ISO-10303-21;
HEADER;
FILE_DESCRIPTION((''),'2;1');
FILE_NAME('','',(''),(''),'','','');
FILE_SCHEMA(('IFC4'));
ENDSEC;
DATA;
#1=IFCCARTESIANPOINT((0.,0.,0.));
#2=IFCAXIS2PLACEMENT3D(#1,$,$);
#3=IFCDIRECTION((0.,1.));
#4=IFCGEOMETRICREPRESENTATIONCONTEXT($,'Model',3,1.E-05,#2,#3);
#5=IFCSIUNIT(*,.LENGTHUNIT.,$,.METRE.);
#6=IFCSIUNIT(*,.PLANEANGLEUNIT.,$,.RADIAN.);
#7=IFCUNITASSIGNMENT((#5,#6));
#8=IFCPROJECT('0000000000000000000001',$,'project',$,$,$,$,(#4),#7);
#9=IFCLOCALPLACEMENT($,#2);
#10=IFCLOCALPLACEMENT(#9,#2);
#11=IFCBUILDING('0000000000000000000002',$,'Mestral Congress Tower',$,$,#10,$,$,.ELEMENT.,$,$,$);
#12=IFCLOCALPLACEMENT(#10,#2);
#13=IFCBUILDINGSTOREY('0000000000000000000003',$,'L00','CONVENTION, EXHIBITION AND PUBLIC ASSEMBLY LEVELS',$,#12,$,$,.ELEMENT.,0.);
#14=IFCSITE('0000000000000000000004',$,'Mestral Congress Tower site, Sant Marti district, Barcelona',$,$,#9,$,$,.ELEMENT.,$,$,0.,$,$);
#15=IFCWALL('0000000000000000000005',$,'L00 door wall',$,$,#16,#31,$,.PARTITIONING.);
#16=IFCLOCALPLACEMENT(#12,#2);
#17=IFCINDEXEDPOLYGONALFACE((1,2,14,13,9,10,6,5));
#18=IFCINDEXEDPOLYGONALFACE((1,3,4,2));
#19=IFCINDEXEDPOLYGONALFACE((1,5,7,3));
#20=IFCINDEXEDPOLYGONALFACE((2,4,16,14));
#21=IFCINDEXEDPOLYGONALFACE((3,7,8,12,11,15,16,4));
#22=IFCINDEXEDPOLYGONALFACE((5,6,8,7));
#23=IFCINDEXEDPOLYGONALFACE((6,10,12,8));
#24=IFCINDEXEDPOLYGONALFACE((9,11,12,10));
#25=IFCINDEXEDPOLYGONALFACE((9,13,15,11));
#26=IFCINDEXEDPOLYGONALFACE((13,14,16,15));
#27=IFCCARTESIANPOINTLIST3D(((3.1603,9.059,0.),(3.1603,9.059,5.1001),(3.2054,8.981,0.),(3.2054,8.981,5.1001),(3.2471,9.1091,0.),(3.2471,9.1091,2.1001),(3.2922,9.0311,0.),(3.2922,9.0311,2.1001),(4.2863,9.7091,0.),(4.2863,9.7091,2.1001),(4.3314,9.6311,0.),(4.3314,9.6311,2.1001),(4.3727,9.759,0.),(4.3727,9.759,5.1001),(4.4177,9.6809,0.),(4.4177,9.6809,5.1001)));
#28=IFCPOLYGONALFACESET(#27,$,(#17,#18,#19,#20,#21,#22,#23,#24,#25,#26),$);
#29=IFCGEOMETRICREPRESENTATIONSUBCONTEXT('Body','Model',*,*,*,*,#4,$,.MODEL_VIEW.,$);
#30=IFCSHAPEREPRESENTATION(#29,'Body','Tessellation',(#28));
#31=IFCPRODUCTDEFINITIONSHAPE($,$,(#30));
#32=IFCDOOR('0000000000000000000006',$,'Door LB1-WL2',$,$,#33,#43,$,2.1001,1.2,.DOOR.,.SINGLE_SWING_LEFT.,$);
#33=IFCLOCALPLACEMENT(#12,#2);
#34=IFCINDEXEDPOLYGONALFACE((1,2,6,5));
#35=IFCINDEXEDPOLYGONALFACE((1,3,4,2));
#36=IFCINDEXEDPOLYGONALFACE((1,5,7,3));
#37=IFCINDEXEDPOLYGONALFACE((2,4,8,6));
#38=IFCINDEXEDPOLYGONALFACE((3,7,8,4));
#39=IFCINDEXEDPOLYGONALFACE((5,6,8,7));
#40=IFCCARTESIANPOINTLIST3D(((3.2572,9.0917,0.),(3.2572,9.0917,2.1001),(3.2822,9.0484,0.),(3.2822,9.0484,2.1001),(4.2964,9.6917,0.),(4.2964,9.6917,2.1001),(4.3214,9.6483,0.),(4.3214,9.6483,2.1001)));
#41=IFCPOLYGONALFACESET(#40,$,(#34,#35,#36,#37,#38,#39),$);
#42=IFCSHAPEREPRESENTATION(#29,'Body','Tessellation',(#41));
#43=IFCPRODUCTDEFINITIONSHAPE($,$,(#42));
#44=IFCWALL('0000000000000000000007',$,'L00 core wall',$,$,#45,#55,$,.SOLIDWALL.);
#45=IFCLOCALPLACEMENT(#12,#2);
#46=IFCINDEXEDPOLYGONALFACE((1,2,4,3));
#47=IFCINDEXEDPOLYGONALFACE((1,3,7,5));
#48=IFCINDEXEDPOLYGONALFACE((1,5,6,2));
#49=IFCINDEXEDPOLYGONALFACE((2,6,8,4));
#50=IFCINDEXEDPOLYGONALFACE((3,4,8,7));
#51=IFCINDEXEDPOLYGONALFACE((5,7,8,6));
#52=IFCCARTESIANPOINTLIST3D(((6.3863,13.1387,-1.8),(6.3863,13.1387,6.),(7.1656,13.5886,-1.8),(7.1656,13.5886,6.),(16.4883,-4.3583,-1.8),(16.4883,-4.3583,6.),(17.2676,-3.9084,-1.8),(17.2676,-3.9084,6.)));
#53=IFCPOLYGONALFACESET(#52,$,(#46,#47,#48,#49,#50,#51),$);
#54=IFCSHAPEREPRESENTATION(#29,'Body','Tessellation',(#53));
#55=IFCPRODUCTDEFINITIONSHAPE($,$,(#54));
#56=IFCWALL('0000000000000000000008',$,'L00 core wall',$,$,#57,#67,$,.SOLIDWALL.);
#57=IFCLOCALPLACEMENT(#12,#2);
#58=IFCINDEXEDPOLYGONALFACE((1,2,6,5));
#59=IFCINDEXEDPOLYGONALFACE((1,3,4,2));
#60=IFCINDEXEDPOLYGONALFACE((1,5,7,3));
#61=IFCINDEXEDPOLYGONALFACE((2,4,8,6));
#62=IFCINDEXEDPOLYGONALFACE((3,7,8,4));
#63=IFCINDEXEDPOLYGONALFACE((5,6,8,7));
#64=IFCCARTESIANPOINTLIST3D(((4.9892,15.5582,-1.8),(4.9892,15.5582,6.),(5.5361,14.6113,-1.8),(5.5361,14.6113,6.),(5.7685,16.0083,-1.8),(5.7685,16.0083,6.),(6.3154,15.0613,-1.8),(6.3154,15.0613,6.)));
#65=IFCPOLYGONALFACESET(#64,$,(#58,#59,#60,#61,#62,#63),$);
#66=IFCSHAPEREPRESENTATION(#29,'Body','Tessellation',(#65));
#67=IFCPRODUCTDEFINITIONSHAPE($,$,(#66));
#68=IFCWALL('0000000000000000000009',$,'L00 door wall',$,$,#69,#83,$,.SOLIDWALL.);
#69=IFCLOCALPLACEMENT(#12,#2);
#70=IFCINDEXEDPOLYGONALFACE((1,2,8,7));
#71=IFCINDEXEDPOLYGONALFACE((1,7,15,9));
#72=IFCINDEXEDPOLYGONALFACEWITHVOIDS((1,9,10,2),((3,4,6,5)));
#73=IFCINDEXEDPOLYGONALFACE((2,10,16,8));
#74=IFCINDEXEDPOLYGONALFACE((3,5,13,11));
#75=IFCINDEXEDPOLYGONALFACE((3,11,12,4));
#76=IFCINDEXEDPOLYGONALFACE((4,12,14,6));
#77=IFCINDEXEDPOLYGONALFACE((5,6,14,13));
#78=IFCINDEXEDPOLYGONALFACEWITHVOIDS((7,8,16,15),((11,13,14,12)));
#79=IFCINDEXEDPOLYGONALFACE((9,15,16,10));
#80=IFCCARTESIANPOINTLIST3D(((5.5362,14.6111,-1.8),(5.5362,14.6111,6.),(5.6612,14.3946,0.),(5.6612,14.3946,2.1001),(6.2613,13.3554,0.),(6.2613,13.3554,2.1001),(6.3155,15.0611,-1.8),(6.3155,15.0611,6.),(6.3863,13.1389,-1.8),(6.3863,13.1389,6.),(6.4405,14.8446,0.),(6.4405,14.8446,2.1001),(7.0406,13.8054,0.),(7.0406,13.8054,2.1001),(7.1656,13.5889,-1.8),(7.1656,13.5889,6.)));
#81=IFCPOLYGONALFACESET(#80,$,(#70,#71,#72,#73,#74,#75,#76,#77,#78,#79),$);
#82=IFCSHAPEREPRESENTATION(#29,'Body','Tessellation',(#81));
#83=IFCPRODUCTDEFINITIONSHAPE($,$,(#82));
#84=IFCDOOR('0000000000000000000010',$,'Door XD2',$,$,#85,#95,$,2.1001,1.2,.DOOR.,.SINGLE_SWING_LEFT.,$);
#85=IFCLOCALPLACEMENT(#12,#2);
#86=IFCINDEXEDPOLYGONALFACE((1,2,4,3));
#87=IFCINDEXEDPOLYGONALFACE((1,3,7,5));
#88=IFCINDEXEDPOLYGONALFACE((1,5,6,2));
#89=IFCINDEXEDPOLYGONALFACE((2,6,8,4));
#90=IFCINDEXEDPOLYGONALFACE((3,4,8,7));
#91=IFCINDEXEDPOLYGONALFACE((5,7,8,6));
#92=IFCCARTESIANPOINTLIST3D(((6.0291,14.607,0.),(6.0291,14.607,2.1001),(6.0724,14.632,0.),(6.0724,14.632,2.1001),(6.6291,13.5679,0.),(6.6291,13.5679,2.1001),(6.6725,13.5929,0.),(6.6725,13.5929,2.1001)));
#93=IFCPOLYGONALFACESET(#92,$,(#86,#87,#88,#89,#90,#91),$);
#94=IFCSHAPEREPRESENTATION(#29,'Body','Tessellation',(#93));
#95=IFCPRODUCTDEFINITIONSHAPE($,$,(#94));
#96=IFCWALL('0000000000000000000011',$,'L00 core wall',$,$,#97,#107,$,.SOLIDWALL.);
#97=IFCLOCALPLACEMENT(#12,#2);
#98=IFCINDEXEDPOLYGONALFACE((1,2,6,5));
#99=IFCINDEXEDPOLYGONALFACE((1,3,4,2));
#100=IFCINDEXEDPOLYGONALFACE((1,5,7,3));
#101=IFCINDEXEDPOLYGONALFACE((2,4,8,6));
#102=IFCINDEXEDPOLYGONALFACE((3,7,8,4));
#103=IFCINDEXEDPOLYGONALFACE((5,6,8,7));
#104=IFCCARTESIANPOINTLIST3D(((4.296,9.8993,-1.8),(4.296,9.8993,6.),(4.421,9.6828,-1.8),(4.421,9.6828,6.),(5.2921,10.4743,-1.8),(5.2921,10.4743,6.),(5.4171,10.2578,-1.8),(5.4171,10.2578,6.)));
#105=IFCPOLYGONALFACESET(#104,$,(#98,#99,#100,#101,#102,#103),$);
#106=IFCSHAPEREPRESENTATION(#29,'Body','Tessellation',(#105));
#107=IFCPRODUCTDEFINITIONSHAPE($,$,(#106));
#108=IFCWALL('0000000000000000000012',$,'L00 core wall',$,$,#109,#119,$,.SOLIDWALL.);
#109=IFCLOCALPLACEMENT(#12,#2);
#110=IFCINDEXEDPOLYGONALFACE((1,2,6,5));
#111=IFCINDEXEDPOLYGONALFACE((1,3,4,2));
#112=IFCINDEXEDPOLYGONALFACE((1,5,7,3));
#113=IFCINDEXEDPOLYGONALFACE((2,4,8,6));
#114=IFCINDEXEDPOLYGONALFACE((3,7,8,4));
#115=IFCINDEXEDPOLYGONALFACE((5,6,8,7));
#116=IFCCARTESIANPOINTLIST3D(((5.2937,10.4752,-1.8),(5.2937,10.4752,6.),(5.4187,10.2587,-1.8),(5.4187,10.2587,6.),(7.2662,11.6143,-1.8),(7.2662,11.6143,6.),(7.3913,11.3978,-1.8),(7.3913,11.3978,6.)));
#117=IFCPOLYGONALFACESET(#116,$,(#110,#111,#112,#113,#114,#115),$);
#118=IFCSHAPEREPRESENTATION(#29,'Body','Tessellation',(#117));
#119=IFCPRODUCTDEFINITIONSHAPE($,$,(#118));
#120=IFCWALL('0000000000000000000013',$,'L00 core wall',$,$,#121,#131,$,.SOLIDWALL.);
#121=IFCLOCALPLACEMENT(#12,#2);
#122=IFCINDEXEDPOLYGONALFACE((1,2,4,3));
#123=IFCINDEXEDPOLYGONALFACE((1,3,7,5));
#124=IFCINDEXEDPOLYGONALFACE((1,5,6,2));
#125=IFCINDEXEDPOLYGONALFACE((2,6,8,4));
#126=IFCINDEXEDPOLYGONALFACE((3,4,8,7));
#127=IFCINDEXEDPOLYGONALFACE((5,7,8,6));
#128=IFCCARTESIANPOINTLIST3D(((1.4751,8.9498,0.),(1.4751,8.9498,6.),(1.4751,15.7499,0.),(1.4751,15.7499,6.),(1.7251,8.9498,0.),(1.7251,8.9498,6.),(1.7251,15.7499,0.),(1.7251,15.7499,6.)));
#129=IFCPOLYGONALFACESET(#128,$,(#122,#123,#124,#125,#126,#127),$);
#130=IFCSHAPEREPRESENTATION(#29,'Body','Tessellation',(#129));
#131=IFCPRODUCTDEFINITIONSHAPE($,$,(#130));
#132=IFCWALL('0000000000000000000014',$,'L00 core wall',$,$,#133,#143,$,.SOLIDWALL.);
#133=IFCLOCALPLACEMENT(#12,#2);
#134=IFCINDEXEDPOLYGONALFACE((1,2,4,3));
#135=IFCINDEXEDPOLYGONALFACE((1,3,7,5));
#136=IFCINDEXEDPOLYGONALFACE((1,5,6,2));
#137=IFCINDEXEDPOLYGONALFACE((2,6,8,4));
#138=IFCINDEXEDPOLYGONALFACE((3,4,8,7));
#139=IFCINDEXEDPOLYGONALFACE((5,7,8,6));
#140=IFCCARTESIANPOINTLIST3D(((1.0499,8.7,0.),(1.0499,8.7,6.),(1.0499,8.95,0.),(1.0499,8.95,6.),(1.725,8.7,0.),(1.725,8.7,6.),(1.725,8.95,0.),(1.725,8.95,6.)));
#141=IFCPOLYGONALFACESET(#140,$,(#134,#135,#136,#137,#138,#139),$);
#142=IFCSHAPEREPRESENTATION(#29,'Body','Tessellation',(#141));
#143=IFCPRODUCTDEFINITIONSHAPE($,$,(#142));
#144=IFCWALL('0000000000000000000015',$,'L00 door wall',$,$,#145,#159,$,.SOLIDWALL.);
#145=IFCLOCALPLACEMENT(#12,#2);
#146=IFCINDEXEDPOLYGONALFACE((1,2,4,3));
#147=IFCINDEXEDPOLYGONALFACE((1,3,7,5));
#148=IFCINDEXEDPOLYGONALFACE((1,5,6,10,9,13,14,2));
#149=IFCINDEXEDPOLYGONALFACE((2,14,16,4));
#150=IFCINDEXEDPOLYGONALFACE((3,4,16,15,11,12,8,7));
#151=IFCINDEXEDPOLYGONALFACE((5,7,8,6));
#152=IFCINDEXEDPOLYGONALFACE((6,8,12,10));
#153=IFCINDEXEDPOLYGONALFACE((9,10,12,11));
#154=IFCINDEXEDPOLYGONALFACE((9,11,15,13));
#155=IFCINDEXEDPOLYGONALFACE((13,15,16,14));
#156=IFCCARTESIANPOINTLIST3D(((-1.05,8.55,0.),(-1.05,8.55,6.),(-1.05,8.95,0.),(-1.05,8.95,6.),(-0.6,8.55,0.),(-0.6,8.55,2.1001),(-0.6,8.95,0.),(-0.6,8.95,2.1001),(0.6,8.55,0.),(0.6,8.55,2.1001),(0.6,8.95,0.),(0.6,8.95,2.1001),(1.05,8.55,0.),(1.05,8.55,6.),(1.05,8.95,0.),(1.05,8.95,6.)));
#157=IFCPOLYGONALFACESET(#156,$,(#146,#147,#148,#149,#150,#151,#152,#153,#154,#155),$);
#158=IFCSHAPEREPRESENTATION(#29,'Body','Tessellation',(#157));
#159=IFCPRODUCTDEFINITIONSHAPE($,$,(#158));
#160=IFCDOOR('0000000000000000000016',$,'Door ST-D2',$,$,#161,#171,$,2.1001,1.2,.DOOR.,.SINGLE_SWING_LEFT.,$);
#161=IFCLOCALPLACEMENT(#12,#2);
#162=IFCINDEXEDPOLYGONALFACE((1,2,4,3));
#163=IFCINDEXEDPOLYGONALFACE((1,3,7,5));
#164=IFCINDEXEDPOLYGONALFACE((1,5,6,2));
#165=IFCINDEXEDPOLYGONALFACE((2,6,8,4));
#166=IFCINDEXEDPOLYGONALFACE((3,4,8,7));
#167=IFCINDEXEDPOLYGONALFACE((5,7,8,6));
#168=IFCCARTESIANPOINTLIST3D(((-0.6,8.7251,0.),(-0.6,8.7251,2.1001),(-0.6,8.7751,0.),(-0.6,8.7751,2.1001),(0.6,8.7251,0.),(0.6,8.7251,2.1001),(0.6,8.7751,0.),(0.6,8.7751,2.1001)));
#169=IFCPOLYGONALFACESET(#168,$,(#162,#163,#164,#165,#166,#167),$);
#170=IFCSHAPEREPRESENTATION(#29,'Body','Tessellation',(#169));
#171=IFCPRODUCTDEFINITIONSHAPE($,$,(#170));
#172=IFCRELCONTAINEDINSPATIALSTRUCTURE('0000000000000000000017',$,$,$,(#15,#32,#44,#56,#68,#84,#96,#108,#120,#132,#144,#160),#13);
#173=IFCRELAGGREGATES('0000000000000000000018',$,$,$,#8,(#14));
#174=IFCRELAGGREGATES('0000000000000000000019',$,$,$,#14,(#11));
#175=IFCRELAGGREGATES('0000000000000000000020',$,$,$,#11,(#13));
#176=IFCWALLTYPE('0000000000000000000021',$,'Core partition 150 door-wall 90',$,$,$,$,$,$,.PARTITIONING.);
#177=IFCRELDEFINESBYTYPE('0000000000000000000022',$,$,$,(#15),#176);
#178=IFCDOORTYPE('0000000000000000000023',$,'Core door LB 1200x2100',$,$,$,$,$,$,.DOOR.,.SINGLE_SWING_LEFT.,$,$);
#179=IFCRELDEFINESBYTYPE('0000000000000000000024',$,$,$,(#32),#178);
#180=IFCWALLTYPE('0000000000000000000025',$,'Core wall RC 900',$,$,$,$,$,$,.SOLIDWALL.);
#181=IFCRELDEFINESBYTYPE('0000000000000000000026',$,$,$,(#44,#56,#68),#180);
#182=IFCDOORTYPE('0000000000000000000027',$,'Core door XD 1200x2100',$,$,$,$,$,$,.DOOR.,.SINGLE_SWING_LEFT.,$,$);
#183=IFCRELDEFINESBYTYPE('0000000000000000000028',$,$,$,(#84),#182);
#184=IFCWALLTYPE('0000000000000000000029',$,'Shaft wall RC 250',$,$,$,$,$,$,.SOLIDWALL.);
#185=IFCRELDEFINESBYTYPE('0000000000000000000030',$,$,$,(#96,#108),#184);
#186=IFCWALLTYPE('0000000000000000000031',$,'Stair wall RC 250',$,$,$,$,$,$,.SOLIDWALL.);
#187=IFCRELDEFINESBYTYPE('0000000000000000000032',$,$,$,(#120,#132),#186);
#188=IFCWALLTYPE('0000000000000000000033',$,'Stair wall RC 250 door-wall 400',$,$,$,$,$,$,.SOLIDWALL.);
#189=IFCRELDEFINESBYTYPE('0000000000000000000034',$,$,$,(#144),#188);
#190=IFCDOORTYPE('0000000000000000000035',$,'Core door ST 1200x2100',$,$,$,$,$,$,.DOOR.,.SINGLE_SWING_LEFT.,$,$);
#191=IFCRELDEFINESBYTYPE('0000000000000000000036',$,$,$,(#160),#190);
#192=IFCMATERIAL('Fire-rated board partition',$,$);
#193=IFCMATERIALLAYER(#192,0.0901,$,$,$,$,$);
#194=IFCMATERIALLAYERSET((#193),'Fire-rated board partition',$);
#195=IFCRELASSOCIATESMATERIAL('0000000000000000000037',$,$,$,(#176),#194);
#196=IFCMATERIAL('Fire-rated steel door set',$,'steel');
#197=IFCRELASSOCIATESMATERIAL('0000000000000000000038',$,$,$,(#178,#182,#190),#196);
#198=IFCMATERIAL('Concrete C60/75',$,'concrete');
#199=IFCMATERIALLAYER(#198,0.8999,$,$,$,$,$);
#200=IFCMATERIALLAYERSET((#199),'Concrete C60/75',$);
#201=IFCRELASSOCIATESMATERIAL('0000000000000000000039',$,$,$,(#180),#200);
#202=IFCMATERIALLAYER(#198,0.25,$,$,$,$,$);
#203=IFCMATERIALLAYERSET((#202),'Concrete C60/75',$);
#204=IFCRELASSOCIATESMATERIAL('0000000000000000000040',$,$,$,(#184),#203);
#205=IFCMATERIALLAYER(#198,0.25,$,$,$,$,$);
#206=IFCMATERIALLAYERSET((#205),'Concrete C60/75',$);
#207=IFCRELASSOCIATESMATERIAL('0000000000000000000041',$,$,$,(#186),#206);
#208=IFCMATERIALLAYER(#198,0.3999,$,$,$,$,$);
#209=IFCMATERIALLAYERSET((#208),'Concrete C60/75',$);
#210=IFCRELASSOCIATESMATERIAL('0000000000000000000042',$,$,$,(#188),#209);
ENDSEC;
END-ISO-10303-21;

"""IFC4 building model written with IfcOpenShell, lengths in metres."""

from ifc_helpers import new_model, si_unit, direction, frame, frame_2d, origin, place, context, subcontext, project, spatial, rectangle, extrude, material, layer, layer_set, type_object, element, fill, save


model = new_model("IFC4")

# Units and contexts
model_context = context("Model", 3, precision=1e-05, world=origin(), true_north=direction((0.0, 1.0)))
body_context = subcontext(model_context, "Body", "Model", "MODEL_VIEW")
ifc_project = project(units=[si_unit("LENGTHUNIT", "METRE"), si_unit("PLANEANGLEUNIT", "RADIAN")], contexts=[model_context])

# Site, building, storey
site_placement = place(None, origin())
site = spatial("IfcSite", under=ifc_project, at=site_placement, Name="Mestral Congress Tower site, Sant Marti district, Barcelona", CompositionType="ELEMENT", RefElevation=0.0)
building_placement = place(site_placement, origin())
building = spatial("IfcBuilding", under=site, at=building_placement, Name="Mestral Congress Tower", CompositionType="ELEMENT")
storey_placement = place(building_placement, origin())
storey = spatial("IfcBuildingStorey", under=building, at=storey_placement, Name="L00", Description="CONVENTION, EXHIBITION AND PUBLIC ASSEMBLY LEVELS", CompositionType="ELEMENT", Elevation=0.0)

# Shared definitions
ifc_material_1 = material(Name="Fire-rated board partition")

# Wall, opening, door
ifc_layer_1 = layer(ifc_material_1, 0.0901)
ifc_layer_set_1 = layer_set([ifc_layer_1], Name="Fire-rated board partition")
wall_type_1 = type_object("IfcWallType", Name="Core partition 150 door-wall 90", PredefinedType="PARTITIONING", material=ifc_layer_set_1)
wall_1_placement = place(storey_placement, frame((3.1829, 9.02, 0.0), z_axis=(0.0, 0.0, 1.0), x_axis=(0.866035, 0.499984, 0.0)))
wall_1 = element("IfcWall", 1, at=wall_1_placement, inside=storey, type_object=wall_type_1, Name="L00 door wall", PredefinedType="PARTITIONING", context=body_context, shape_type="SweptSolid", body=[
    extrude(rectangle(XDim=1.3999, YDim=0.0901, at=frame_2d((0.7, 0.0))), origin(), (0.0, 0.0, 1.0), 5.1001),
])
opening_1_placement = place(wall_1_placement, frame((0.1001, 0.0, 0.0)))
opening_1 = element("IfcOpeningElement", 2, at=opening_1_placement, cuts=wall_1, PredefinedType="OPENING", context=body_context, shape_type="SweptSolid", body=[
    extrude(rectangle(XDim=1.2, YDim=2.1001, at=frame_2d((0.6001, 1.05))), frame((0.0, 0.0549, 0.0), z_axis=(0.0, -1.0, 0.0), x_axis=(1.0, 0.0, 0.0)), (0.0, 0.0, 1.0), 0.1101),
])
ifc_material_2 = material(Name="Fire-rated steel door set", Category="steel")
door_type_1 = type_object("IfcDoorType", Name="Core door LB 1200x2100", OperationType="SINGLE_SWING_LEFT", PredefinedType="DOOR", material=ifc_material_2)
door_1_placement = place(opening_1_placement, origin())
door_1 = element("IfcDoor", 3, at=door_1_placement, inside=storey, type_object=door_type_1, Name="Door LB1-WL2", OperationType="SINGLE_SWING_LEFT", OverallHeight=2.1001, OverallWidth=1.2, PredefinedType="DOOR", context=body_context, shape_type="SweptSolid", body=[
    extrude(rectangle(XDim=1.2, YDim=2.1001, at=frame_2d((0.6001, 1.05))), frame((0.0, 0.0249, 0.0), z_axis=(0.0, -1.0, 0.0), x_axis=(1.0, 0.0, 0.0)), (0.0, 0.0, 1.0), 0.05),
])
fill(opening_1, door_1)

# Walls
ifc_material_3 = material(Name="Concrete C60/75", Category="concrete")
ifc_layer_2 = layer(ifc_material_3, 0.8999)
ifc_layer_set_2 = layer_set([ifc_layer_2], Name="Concrete C60/75")
wall_type_2 = type_object("IfcWallType", Name="Core wall RC 900", PredefinedType="SOLIDWALL", material=ifc_layer_set_2)
wall_2_placement = place(storey_placement, frame((6.7759, 13.3638, -1.8), z_axis=(0.0, 0.0, 1.0), x_axis=(0.500004, -0.866023, 0.0)))
element("IfcWall", 4, at=wall_2_placement, inside=storey, type_object=wall_type_2, Name="L00 core wall", PredefinedType="SOLIDWALL", context=body_context, shape_type="SweptSolid", body=[
    extrude(rectangle(XDim=20.2039, YDim=0.8999, at=frame_2d((10.1021, 0.0))), origin(), (0.0, 0.0, 1.0), 7.8),
])
wall_3_placement = place(storey_placement, frame((5.9258, 14.8362, -1.8), z_axis=(0.0, 0.0, 1.0), x_axis=(-0.500077, 0.865981, 0.0)))
element("IfcWall", 5, at=wall_3_placement, inside=storey, type_object=wall_type_2, Name="L00 core wall", PredefinedType="SOLIDWALL", context=body_context, shape_type="SweptSolid", body=[
    extrude(rectangle(XDim=1.0935, YDim=0.8999, at=frame_2d((0.5469, 0.0))), origin(), (0.0, 0.0, 1.0), 7.8),
])

# Wall, opening, door
wall_4_placement = place(storey_placement, frame((5.9258, 14.8362, -1.8), z_axis=(0.0, 0.0, 1.0), x_axis=(0.500062, -0.865989, 0.0)))
wall_4 = element("IfcWall", 6, at=wall_4_placement, inside=storey, type_object=wall_type_2, Name="L00 door wall", PredefinedType="SOLIDWALL", context=body_context, shape_type="SweptSolid", body=[
    extrude(rectangle(XDim=1.7, YDim=0.8999, at=frame_2d((0.8501, 0.0))), origin(), (0.0, 0.0, 1.0), 7.8),
])
opening_2_placement = place(wall_4_placement, frame((0.25, 0.0, 1.8)))
opening_2 = element("IfcOpeningElement", 7, at=opening_2_placement, cuts=wall_4, PredefinedType="OPENING", context=body_context, shape_type="SweptSolid", body=[
    extrude(rectangle(XDim=1.2, YDim=2.1001, at=frame_2d((0.6001, 1.05))), frame((0.0, 0.46, 0.0), z_axis=(0.0, -1.0, 0.0), x_axis=(1.0, 0.0, 0.0)), (0.0, 0.0, 1.0), 0.9199),
])
door_type_2 = type_object("IfcDoorType", Name="Core door XD 1200x2100", OperationType="SINGLE_SWING_LEFT", PredefinedType="DOOR", material=ifc_material_2)
door_2_placement = place(opening_2_placement, origin())
door_2 = element("IfcDoor", 8, at=door_2_placement, inside=storey, type_object=door_type_2, Name="Door XD2", OperationType="SINGLE_SWING_LEFT", OverallHeight=2.1001, OverallWidth=1.2, PredefinedType="DOOR", context=body_context, shape_type="SweptSolid", body=[
    extrude(rectangle(XDim=1.2, YDim=2.1001, at=frame_2d((0.6001, 1.05))), frame((0.0, 0.0249, 0.0), z_axis=(0.0, -1.0, 0.0), x_axis=(1.0, 0.0, 0.0)), (0.0, 0.0, 1.0), 0.05),
])
fill(opening_2, door_2)

# Walls
ifc_layer_3 = layer(ifc_material_3, 0.25)
ifc_layer_set_3 = layer_set([ifc_layer_3], Name="Concrete C60/75")
wall_type_3 = type_object("IfcWallType", Name="Shaft wall RC 250", PredefinedType="SOLIDWALL", material=ifc_layer_set_3)
wall_5_placement = place(storey_placement, frame((4.3584, 9.791, -1.8), z_axis=(0.0, 0.0, 1.0), x_axis=(0.86608, 0.499906, 0.0)))
element("IfcWall", 9, at=wall_5_placement, inside=storey, type_object=wall_type_3, Name="L00 core wall", PredefinedType="SOLIDWALL", context=body_context, shape_type="SweptSolid", body=[
    extrude(rectangle(XDim=1.1501, YDim=0.25, at=frame_2d((0.5752, 0.0))), origin(), (0.0, 0.0, 1.0), 7.8),
])
wall_6_placement = place(storey_placement, frame((5.3562, 10.3669, -1.8), z_axis=(0.0, 0.0, 1.0), x_axis=(0.865979, 0.500081, 0.0)))
element("IfcWall", 10, at=wall_6_placement, inside=storey, type_object=wall_type_3, Name="L00 core wall", PredefinedType="SOLIDWALL", context=body_context, shape_type="SweptSolid", body=[
    extrude(rectangle(XDim=2.2778, YDim=0.25, at=frame_2d((1.1389, 0.0))), origin(), (0.0, 0.0, 1.0), 7.8),
])
ifc_layer_4 = layer(ifc_material_3, 0.25)
ifc_layer_set_4 = layer_set([ifc_layer_4], Name="Concrete C60/75")
wall_type_4 = type_object("IfcWallType", Name="Stair wall RC 250", PredefinedType="SOLIDWALL", material=ifc_layer_set_4)
wall_7_placement = place(storey_placement, frame((1.6001, 8.95, 0.0), z_axis=(0.0, 0.0, 1.0), x_axis=(0.0, 1.0, 0.0)))
element("IfcWall", 11, at=wall_7_placement, inside=storey, type_object=wall_type_4, Name="L00 core wall", PredefinedType="SOLIDWALL", context=body_context, shape_type="SweptSolid", body=[
    extrude(rectangle(XDim=6.8, YDim=0.25, at=frame_2d((3.3999, 0.0))), origin(), (0.0, 0.0, 1.0), 6.0),
])
wall_8_placement = place(storey_placement, frame((1.05, 8.825, 0.0), z_axis=(0.0, 0.0, 1.0), x_axis=(1.0, 0.0, 0.0)))
element("IfcWall", 12, at=wall_8_placement, inside=storey, type_object=wall_type_4, Name="L00 core wall", PredefinedType="SOLIDWALL", context=body_context, shape_type="SweptSolid", body=[
    extrude(rectangle(XDim=0.675, YDim=0.25, at=frame_2d((0.3374, 0.0))), origin(), (0.0, 0.0, 1.0), 6.0),
])

# Wall, opening, door
ifc_layer_5 = layer(ifc_material_3, 0.3999)
ifc_layer_set_5 = layer_set([ifc_layer_5], Name="Concrete C60/75")
wall_type_5 = type_object("IfcWallType", Name="Stair wall RC 250 door-wall 400", PredefinedType="SOLIDWALL", material=ifc_layer_set_5)
wall_9_placement = place(storey_placement, frame((1.05, 8.75, 0.0), z_axis=(0.0, 0.0, 1.0), x_axis=(-1.0, 0.0, 0.0)))
wall_9 = element("IfcWall", 13, at=wall_9_placement, inside=storey, type_object=wall_type_5, Name="L00 door wall", PredefinedType="SOLIDWALL", context=body_context, shape_type="SweptSolid", body=[
    extrude(rectangle(XDim=2.1001, YDim=0.3999, at=frame_2d((1.05, 0.0))), origin(), (0.0, 0.0, 1.0), 6.0),
])
opening_3_placement = place(wall_9_placement, frame((0.45, 0.0, 0.0)))
opening_3 = element("IfcOpeningElement", 14, at=opening_3_placement, cuts=wall_9, PredefinedType="OPENING", context=body_context, shape_type="SweptSolid", body=[
    extrude(rectangle(XDim=1.2, YDim=2.1001, at=frame_2d((0.6001, 1.05))), frame((0.0, 0.21, 0.0), z_axis=(0.0, -1.0, 0.0), x_axis=(1.0, 0.0, 0.0)), (0.0, 0.0, 1.0), 0.4199),
])
door_type_3 = type_object("IfcDoorType", Name="Core door ST 1200x2100", OperationType="SINGLE_SWING_LEFT", PredefinedType="DOOR", material=ifc_material_2)
door_3_placement = place(opening_3_placement, origin())
door_3 = element("IfcDoor", 15, at=door_3_placement, inside=storey, type_object=door_type_3, Name="Door ST-D2", OperationType="SINGLE_SWING_LEFT", OverallHeight=2.1001, OverallWidth=1.2, PredefinedType="DOOR", context=body_context, shape_type="SweptSolid", body=[
    extrude(rectangle(XDim=1.2, YDim=2.1001, at=frame_2d((0.6001, 1.05))), frame((0.0, 0.0249, 0.0), z_axis=(0.0, -1.0, 0.0), x_axis=(1.0, 0.0, 0.0)), (0.0, 0.0, 1.0), 0.05),
])
fill(opening_3, door_3)

save(model, "model.ifc")
